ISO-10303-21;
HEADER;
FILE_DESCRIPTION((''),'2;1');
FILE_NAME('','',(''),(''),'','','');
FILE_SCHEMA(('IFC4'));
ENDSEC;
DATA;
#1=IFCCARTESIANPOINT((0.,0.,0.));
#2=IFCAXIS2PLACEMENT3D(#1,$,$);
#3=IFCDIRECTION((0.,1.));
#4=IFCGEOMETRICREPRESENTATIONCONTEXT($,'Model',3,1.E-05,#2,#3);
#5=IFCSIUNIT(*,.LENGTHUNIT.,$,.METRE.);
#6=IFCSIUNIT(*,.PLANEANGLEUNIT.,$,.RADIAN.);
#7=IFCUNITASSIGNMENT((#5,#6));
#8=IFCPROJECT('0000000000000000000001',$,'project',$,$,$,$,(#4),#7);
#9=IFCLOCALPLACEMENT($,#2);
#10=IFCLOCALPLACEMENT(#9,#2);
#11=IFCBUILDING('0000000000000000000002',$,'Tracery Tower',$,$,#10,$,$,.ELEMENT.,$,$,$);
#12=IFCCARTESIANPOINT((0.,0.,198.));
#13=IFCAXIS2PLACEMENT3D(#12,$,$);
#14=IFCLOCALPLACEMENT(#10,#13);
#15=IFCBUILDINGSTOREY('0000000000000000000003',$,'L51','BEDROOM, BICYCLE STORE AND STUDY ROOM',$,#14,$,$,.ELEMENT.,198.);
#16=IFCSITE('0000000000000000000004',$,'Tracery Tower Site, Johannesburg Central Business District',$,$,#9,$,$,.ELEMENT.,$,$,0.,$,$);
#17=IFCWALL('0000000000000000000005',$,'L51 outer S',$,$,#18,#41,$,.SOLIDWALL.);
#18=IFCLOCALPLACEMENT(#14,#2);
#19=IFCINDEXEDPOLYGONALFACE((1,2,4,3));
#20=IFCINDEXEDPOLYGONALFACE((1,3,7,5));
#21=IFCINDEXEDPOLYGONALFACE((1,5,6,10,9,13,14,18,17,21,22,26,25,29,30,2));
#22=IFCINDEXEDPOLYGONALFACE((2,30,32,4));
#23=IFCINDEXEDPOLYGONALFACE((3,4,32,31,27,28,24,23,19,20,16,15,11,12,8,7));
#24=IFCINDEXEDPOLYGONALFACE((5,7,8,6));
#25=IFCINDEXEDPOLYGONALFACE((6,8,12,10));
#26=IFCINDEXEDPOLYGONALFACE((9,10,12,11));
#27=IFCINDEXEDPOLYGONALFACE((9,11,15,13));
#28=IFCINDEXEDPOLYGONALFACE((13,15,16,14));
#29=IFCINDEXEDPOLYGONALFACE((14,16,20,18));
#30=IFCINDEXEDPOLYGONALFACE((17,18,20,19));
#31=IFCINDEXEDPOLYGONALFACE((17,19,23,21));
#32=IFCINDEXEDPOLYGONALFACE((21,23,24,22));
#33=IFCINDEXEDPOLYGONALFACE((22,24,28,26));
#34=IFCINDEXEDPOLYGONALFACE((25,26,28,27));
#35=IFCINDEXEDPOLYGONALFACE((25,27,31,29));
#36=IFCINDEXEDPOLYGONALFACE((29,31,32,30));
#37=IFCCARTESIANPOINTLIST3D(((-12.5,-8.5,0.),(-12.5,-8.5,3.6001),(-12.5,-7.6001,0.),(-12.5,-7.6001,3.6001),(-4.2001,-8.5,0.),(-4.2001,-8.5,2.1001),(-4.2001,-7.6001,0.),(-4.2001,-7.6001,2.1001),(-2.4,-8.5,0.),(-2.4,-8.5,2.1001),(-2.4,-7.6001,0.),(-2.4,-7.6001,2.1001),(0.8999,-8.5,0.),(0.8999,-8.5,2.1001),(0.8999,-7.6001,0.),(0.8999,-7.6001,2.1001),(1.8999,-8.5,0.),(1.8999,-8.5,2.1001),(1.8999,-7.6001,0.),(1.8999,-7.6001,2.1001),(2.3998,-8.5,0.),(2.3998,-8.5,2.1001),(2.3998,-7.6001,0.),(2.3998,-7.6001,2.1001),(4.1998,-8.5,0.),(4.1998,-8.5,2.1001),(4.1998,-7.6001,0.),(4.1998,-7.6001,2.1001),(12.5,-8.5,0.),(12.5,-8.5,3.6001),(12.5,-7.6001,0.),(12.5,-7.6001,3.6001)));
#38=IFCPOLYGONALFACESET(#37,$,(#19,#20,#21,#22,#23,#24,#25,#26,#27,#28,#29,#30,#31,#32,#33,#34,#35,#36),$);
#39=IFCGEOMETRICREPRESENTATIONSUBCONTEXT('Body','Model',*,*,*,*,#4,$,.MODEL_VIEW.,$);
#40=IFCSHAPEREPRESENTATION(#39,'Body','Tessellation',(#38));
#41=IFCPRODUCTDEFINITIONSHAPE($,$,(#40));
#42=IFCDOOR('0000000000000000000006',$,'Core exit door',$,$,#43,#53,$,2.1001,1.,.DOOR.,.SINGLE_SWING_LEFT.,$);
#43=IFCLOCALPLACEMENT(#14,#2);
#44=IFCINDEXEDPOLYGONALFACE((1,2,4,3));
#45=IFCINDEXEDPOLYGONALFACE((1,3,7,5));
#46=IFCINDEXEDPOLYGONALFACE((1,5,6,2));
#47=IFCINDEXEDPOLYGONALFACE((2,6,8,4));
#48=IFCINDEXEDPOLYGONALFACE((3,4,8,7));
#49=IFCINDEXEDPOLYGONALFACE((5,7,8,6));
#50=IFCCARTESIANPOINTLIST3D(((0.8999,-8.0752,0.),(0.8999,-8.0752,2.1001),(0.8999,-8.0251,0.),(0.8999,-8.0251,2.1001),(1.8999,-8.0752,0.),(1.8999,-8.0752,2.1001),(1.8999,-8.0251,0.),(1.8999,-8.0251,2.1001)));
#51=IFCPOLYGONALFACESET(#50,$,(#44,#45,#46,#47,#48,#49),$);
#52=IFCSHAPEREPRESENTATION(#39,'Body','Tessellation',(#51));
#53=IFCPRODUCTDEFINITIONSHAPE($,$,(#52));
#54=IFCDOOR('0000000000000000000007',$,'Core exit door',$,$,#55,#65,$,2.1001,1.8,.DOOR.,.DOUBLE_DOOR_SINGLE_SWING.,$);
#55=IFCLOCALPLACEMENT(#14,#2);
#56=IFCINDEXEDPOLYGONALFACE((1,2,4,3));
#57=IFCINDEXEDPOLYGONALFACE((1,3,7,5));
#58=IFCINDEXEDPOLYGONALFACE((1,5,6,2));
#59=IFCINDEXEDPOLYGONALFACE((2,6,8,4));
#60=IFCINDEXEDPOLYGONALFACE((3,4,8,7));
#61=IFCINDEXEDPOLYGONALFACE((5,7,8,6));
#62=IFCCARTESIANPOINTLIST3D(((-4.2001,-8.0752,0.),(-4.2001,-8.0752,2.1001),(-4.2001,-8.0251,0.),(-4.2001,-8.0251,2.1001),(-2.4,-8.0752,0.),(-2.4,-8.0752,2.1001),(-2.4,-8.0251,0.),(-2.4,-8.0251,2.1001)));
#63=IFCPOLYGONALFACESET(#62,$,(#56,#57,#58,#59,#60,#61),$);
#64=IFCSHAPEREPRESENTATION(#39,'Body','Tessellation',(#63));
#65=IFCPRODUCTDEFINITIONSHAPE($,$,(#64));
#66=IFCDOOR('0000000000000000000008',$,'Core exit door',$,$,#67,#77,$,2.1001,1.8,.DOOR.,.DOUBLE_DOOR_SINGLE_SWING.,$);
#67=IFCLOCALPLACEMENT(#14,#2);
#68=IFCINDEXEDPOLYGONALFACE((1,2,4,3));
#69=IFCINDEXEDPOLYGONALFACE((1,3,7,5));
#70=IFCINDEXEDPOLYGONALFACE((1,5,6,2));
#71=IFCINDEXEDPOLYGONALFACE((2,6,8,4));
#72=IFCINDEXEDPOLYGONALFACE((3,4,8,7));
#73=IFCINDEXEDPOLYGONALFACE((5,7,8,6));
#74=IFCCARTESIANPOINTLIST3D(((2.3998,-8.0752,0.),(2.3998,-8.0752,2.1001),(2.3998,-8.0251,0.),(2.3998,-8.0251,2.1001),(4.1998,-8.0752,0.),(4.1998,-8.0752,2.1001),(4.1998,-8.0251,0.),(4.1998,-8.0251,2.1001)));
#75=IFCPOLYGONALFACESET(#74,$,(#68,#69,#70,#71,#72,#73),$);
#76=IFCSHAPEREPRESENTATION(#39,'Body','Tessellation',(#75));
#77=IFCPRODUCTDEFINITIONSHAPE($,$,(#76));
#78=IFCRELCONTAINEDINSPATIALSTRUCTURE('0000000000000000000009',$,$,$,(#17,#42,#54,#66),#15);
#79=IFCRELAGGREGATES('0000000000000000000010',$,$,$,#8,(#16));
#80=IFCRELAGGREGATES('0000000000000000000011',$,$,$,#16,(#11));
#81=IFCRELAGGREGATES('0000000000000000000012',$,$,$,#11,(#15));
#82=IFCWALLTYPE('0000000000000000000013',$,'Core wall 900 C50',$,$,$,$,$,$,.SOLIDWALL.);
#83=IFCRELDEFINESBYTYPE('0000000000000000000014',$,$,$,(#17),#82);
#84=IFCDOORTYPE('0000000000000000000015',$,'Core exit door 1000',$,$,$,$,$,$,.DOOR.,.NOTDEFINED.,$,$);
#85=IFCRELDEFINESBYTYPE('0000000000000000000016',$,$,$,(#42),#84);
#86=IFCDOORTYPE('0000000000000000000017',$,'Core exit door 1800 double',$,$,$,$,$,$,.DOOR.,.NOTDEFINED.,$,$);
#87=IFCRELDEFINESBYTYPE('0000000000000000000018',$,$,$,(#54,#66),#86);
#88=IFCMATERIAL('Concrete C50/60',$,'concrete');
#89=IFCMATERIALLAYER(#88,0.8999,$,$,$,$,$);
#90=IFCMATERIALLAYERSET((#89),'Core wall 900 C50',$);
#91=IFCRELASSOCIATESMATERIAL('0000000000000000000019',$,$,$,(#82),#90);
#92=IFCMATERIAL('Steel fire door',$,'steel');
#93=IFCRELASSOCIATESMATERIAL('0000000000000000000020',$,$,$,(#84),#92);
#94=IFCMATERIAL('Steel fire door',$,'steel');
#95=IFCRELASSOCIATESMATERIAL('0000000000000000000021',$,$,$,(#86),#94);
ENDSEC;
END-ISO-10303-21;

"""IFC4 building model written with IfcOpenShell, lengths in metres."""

from ifc_helpers import new_model, si_unit, direction, frame, frame_2d, origin, place, context, subcontext, project, spatial, rectangle, extrude, material, layer, layer_set, type_object, element, fill, save


model = new_model("IFC4")

# Units and contexts
model_context = context("Model", 3, precision=1e-05, world=origin(), true_north=direction((0.0, 1.0)))
body_context = subcontext(model_context, "Body", "Model", "MODEL_VIEW")
ifc_project = project(units=[si_unit("LENGTHUNIT", "METRE"), si_unit("PLANEANGLEUNIT", "RADIAN")], contexts=[model_context])

# Site, building, storey
site_placement = place(None, origin())
site = spatial("IfcSite", under=ifc_project, at=site_placement, Name="Tracery Tower Site, Johannesburg Central Business District", CompositionType="ELEMENT", RefElevation=0.0)
building_placement = place(site_placement, origin())
building = spatial("IfcBuilding", under=site, at=building_placement, Name="Tracery Tower", CompositionType="ELEMENT")
storey_placement = place(building_placement, frame((0.0, 0.0, 198.0)))
storey = spatial("IfcBuildingStorey", under=building, at=storey_placement, Name="L51", Description="BEDROOM, BICYCLE STORE AND STUDY ROOM", CompositionType="ELEMENT", Elevation=198.0)

# Wall, openings, doors
ifc_material_1 = material(Name="Concrete C50/60", Category="concrete")
ifc_layer_1 = layer(ifc_material_1, 0.8999)
ifc_layer_set_1 = layer_set([ifc_layer_1], Name="Core wall 900 C50")
wall_type_1 = type_object("IfcWallType", Name="Core wall 900 C50", PredefinedType="SOLIDWALL", material=ifc_layer_set_1)
wall_1_placement = place(storey_placement, frame((-12.5, -8.05, 0.0), z_axis=(0.0, 0.0, 1.0), x_axis=(1.0, 0.0, 0.0)))
wall_1 = element("IfcWall", 1, at=wall_1_placement, inside=storey, type_object=wall_type_1, Name="L51 outer S", PredefinedType="SOLIDWALL", context=body_context, shape_type="SweptSolid", body=[
    extrude(rectangle(XDim=25.0, YDim=0.8999, at=frame_2d((12.5, 0.0))), origin(), (0.0, 0.0, 1.0), 3.6001),
])
opening_1_placement = place(wall_1_placement, frame((13.3999, 0.0, 0.0)))
opening_1 = element("IfcOpeningElement", 2, at=opening_1_placement, cuts=wall_1, PredefinedType="OPENING", context=body_context, shape_type="SweptSolid", body=[
    extrude(rectangle(XDim=1.0, YDim=2.1001, at=frame_2d((0.5, 1.05))), frame((0.0, 0.45, 0.0), z_axis=(0.0, -1.0, 0.0), x_axis=(1.0, 0.0, 0.0)), (0.0, 0.0, 1.0), 0.8999),
])
opening_2_placement = place(wall_1_placement, frame((8.3, 0.0, 0.0)))
opening_2 = element("IfcOpeningElement", 3, at=opening_2_placement, cuts=wall_1, PredefinedType="OPENING", context=body_context, shape_type="SweptSolid", body=[
    extrude(rectangle(XDim=1.8, YDim=2.1001, at=frame_2d((0.8999, 1.05))), frame((0.0, 0.45, 0.0), z_axis=(0.0, -1.0, 0.0), x_axis=(1.0, 0.0, 0.0)), (0.0, 0.0, 1.0), 0.8999),
])
opening_3_placement = place(wall_1_placement, frame((14.8999, 0.0, 0.0)))
opening_3 = element("IfcOpeningElement", 4, at=opening_3_placement, cuts=wall_1, PredefinedType="OPENING", context=body_context, shape_type="SweptSolid", body=[
    extrude(rectangle(XDim=1.8, YDim=2.1001, at=frame_2d((0.8999, 1.05))), frame((0.0, 0.45, 0.0), z_axis=(0.0, -1.0, 0.0), x_axis=(1.0, 0.0, 0.0)), (0.0, 0.0, 1.0), 0.8999),
])
ifc_material_2 = material(Name="Steel fire door", Category="steel")
door_type_1 = type_object("IfcDoorType", Name="Core exit door 1000", OperationType="NOTDEFINED", PredefinedType="DOOR", material=ifc_material_2)
door_1_placement = place(opening_1_placement, origin())
door_1 = element("IfcDoor", 5, at=door_1_placement, inside=storey, type_object=door_type_1, Name="Core exit door", OperationType="SINGLE_SWING_LEFT", OverallHeight=2.1001, OverallWidth=1.0, PredefinedType="DOOR", context=body_context, shape_type="SweptSolid", body=[
    extrude(rectangle(XDim=1.0, YDim=2.1001, at=frame_2d((0.5, 1.05))), frame((0.0, 0.0249, 0.0), z_axis=(0.0, -1.0, 0.0), x_axis=(1.0, 0.0, 0.0)), (0.0, 0.0, 1.0), 0.05),
])
fill(opening_1, door_1)
ifc_material_3 = material(Name="Steel fire door", Category="steel")
door_type_2 = type_object("IfcDoorType", Name="Core exit door 1800 double", OperationType="NOTDEFINED", PredefinedType="DOOR", material=ifc_material_3)
door_2_placement = place(opening_2_placement, origin())
door_2 = element("IfcDoor", 6, at=door_2_placement, inside=storey, type_object=door_type_2, Name="Core exit door", OperationType="DOUBLE_DOOR_SINGLE_SWING", OverallHeight=2.1001, OverallWidth=1.8, PredefinedType="DOOR", context=body_context, shape_type="SweptSolid", body=[
    extrude(rectangle(XDim=1.8, YDim=2.1001, at=frame_2d((0.8999, 1.05))), frame((0.0, 0.0249, 0.0), z_axis=(0.0, -1.0, 0.0), x_axis=(1.0, 0.0, 0.0)), (0.0, 0.0, 1.0), 0.05),
])
fill(opening_2, door_2)
door_3_placement = place(opening_3_placement, origin())
door_3 = element("IfcDoor", 7, at=door_3_placement, inside=storey, type_object=door_type_2, Name="Core exit door", OperationType="DOUBLE_DOOR_SINGLE_SWING", OverallHeight=2.1001, OverallWidth=1.8, PredefinedType="DOOR", context=body_context, shape_type="SweptSolid", body=[
    extrude(rectangle(XDim=1.8, YDim=2.1001, at=frame_2d((0.8999, 1.05))), frame((0.0, 0.0249, 0.0), z_axis=(0.0, -1.0, 0.0), x_axis=(1.0, 0.0, 0.0)), (0.0, 0.0, 1.0), 0.05),
])
fill(opening_3, door_3)

save(model, "model.ifc")
